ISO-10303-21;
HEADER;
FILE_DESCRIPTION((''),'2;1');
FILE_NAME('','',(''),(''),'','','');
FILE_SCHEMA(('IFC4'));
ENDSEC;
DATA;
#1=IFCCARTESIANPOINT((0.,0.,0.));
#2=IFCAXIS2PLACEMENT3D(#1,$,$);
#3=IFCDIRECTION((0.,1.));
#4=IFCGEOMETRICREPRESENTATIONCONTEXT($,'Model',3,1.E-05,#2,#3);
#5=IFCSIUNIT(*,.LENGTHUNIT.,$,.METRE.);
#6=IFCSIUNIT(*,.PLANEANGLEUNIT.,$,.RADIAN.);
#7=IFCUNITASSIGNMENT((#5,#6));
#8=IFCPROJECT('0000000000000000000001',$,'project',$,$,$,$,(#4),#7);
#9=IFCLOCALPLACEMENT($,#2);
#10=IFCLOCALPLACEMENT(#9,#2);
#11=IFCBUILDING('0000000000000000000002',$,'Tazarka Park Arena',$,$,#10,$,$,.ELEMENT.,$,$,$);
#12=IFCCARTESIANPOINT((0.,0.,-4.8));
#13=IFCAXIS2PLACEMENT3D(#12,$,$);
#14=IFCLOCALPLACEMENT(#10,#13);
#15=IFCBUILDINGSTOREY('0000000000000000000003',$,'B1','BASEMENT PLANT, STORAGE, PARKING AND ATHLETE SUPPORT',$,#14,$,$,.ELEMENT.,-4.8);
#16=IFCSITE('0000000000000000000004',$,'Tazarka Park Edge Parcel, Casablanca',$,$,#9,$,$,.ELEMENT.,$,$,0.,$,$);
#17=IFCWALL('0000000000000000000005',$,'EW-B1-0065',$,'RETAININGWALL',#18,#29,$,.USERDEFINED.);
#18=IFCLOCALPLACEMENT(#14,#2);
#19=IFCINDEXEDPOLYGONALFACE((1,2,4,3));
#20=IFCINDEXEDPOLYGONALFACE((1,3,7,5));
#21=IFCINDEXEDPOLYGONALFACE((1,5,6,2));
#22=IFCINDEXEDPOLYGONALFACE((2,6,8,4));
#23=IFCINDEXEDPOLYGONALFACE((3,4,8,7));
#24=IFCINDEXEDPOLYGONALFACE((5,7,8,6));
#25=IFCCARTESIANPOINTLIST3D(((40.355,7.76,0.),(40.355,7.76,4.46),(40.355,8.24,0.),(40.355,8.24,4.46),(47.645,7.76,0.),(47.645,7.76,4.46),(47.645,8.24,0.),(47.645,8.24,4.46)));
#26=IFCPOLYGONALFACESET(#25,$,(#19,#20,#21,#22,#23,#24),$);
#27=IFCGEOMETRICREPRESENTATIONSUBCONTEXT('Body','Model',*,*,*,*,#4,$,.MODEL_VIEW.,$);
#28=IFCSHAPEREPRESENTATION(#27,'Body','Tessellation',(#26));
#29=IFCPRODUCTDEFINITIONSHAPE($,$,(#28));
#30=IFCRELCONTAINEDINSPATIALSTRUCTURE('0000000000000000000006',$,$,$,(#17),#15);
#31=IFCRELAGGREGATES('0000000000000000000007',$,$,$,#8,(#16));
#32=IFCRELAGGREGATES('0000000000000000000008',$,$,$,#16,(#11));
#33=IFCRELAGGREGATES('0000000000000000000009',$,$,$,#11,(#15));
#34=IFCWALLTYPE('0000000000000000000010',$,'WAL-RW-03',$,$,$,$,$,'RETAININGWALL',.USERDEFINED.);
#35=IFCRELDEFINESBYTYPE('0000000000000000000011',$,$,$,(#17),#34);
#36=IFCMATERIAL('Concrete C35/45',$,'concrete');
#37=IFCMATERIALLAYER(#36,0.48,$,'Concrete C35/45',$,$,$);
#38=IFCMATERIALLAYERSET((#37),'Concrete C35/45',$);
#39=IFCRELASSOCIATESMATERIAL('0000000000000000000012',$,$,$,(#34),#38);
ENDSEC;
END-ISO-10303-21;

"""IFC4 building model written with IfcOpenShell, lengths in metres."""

from ifc_helpers import new_model, si_unit, direction, frame, frame_2d, origin, place, context, subcontext, project, spatial, rectangle, extrude, material, layer, layer_set, type_object, element, save


model = new_model("IFC4")

# Units and contexts
model_context = context("Model", 3, precision=1e-05, world=origin(), true_north=direction((0.0, 1.0)))
body_context = subcontext(model_context, "Body", "Model", "MODEL_VIEW")
ifc_project = project(units=[si_unit("LENGTHUNIT", "METRE"), si_unit("PLANEANGLEUNIT", "RADIAN")], contexts=[model_context])

# Site, building, storey
site_placement = place(None, origin())
site = spatial("IfcSite", under=ifc_project, at=site_placement, Name="Tazarka Park Edge Parcel, Casablanca", CompositionType="ELEMENT", RefElevation=0.0)
building_placement = place(site_placement, origin())
building = spatial("IfcBuilding", under=site, at=building_placement, Name="Tazarka Park Arena", CompositionType="ELEMENT")
storey_placement = place(building_placement, frame((0.0, 0.0, -4.8)))
storey = spatial("IfcBuildingStorey", under=building, at=storey_placement, Name="B1", Description="BASEMENT PLANT, STORAGE, PARKING AND ATHLETE SUPPORT", CompositionType="ELEMENT", Elevation=-4.8)

# Wall
ifc_material_1 = material(Name="Concrete C35/45", Category="concrete")
ifc_layer_1 = layer(ifc_material_1, 0.48, Name="Concrete C35/45")
ifc_layer_set_1 = layer_set([ifc_layer_1], Name="Concrete C35/45")
wall_type_1 = type_object("IfcWallType", Name="WAL-RW-03", ElementType="RETAININGWALL", PredefinedType="USERDEFINED", material=ifc_layer_set_1)
wall_1_placement = place(storey_placement, frame((47.645, 8.0, 0.0), z_axis=(0.0, 0.0, 1.0), x_axis=(-1.0, 0.0, 0.0)))
element("IfcWall", 1, at=wall_1_placement, inside=storey, type_object=wall_type_1, Name="EW-B1-0065", ObjectType="RETAININGWALL", PredefinedType="USERDEFINED", context=body_context, shape_type="SweptSolid", body=[
    extrude(rectangle(XDim=7.29, YDim=0.48, at=frame_2d((3.645, 0.0))), origin(), (0.0, 0.0, 1.0), 4.46),
])

save(model, "model.ifc")
